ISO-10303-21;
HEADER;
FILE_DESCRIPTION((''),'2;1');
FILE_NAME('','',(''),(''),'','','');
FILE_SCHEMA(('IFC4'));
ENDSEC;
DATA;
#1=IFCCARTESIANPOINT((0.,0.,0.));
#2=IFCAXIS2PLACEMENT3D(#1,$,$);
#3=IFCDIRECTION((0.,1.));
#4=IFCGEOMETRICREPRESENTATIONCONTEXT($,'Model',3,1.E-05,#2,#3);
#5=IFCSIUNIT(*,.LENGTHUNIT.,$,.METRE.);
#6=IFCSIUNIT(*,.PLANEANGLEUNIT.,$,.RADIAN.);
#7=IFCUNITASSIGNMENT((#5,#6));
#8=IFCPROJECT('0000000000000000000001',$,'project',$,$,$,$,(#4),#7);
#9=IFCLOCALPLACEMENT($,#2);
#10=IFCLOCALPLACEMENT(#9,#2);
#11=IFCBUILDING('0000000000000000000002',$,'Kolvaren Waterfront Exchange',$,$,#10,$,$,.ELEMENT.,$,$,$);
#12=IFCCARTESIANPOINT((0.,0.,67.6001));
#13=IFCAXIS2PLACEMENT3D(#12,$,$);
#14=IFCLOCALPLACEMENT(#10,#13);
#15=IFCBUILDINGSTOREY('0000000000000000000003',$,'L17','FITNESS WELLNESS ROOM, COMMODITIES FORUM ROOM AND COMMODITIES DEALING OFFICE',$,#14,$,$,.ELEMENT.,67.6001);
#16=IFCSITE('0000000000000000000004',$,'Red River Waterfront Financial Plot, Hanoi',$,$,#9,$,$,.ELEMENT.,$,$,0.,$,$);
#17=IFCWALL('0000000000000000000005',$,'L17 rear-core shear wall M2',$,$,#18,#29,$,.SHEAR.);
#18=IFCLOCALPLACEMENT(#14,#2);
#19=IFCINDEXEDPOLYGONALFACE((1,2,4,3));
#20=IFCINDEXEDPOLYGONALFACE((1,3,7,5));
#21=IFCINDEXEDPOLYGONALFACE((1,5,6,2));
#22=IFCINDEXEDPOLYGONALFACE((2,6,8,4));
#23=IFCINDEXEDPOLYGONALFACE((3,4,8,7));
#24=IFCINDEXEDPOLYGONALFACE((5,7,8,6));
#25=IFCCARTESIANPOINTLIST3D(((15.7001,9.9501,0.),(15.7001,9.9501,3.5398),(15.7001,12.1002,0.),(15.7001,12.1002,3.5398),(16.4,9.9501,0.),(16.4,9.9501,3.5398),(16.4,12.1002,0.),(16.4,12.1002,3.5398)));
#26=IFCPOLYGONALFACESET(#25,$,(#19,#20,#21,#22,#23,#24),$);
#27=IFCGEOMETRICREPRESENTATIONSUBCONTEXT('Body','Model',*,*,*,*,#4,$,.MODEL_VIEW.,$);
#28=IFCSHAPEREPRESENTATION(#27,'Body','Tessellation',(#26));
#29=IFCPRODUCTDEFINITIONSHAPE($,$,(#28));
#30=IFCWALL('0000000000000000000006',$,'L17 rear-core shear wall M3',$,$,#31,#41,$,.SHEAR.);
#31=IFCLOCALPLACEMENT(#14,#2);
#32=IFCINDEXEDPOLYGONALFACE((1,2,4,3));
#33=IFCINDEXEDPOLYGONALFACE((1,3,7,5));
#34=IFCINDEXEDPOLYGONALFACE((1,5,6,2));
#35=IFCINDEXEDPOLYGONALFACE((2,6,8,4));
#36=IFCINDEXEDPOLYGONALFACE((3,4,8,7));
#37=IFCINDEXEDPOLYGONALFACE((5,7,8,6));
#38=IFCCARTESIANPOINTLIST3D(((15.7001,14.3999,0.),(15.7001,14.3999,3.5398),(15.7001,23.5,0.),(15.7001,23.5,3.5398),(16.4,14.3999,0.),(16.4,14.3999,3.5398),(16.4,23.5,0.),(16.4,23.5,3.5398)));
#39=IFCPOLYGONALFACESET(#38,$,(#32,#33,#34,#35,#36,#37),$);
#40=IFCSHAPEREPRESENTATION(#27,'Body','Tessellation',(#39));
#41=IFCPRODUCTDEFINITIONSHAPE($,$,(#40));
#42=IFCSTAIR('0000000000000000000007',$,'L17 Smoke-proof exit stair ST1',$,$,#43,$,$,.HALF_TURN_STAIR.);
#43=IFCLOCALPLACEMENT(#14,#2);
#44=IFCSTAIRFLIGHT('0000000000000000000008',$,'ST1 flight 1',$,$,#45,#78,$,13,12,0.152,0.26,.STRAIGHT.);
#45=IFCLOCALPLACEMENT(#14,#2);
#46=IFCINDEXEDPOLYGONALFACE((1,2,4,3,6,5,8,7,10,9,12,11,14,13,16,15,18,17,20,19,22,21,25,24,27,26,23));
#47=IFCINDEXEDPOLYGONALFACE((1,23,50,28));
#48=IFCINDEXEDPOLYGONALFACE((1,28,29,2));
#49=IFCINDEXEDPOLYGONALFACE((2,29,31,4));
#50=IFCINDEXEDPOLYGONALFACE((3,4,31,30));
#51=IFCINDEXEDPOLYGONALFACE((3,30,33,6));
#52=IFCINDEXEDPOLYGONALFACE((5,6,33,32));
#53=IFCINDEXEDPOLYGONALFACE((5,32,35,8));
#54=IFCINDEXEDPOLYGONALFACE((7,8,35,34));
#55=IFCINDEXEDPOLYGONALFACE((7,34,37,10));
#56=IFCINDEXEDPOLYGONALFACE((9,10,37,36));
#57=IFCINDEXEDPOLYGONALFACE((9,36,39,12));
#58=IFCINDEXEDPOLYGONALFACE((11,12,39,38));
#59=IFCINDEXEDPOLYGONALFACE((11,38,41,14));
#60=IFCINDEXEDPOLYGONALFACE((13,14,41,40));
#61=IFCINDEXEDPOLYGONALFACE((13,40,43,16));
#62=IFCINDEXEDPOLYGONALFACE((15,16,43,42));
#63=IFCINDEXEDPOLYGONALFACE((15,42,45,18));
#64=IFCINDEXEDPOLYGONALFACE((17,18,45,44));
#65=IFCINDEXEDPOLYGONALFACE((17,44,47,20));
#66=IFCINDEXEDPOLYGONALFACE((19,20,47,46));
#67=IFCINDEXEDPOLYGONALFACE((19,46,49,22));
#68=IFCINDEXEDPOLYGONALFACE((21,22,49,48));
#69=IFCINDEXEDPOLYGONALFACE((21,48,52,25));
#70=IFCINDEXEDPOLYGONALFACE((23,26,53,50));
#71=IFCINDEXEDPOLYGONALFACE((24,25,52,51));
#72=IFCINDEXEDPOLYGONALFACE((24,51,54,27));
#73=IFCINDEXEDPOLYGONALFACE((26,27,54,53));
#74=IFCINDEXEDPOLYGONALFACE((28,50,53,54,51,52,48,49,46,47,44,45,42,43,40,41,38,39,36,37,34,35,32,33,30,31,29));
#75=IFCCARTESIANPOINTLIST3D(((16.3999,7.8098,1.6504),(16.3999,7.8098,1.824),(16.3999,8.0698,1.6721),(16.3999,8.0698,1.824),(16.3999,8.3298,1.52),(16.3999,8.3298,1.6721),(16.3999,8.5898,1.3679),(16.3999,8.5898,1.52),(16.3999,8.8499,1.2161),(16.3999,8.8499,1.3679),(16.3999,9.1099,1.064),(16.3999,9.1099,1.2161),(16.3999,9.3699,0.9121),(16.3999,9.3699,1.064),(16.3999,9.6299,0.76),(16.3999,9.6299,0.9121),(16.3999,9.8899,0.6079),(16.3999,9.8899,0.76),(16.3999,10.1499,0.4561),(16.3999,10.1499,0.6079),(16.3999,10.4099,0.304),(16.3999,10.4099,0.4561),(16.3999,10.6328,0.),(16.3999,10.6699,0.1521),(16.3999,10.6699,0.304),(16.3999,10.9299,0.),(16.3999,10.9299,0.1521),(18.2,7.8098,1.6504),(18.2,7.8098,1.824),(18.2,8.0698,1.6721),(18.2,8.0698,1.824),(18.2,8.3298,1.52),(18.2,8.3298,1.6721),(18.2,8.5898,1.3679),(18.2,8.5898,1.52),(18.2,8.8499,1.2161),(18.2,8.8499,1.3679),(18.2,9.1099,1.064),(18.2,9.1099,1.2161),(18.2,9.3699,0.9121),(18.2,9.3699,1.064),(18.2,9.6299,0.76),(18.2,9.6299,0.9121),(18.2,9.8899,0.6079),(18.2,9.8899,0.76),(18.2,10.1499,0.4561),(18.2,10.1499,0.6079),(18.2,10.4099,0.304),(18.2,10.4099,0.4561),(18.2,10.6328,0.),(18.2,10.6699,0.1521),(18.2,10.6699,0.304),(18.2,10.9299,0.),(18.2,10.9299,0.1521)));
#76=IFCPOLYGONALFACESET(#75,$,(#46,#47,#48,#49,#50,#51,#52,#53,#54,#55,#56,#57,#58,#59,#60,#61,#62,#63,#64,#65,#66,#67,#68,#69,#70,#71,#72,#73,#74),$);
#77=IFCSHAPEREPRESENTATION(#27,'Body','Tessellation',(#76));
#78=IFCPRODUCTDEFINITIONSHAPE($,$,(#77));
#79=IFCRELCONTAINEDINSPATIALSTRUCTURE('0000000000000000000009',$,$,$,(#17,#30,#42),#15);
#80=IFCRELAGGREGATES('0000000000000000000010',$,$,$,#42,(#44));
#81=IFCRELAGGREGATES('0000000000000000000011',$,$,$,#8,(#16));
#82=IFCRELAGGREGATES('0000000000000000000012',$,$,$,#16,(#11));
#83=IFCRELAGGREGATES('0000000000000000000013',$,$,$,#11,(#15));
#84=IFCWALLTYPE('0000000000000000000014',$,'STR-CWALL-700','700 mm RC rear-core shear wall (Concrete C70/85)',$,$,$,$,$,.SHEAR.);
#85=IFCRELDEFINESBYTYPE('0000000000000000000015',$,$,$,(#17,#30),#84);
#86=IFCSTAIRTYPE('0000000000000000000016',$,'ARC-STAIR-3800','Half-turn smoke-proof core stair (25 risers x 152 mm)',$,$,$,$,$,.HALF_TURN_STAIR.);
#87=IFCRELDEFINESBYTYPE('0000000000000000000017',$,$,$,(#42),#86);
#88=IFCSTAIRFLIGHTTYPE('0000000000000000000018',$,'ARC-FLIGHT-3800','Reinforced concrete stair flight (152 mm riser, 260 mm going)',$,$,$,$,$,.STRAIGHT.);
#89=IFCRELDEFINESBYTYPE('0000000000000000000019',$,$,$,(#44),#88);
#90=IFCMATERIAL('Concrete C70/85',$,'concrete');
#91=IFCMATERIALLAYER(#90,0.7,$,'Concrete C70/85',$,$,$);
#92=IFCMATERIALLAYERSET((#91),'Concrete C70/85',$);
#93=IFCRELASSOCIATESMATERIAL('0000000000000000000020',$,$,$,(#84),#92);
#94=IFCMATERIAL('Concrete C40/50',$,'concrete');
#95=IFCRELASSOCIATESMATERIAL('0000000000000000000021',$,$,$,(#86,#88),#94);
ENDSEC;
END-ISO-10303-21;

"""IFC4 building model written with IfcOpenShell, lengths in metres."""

from ifc_helpers import new_model, si_unit, direction, frame, frame_2d, origin, place, context, subcontext, project, spatial, polyline, rectangle, outline, extrude, material, layer, layer_set, type_object, element, aggregate, save


model = new_model("IFC4")

# Units and contexts
model_context = context("Model", 3, precision=1e-05, world=origin(), true_north=direction((0.0, 1.0)))
body_context = subcontext(model_context, "Body", "Model", "MODEL_VIEW")
ifc_project = project(units=[si_unit("LENGTHUNIT", "METRE"), si_unit("PLANEANGLEUNIT", "RADIAN")], contexts=[model_context])

# Site, building, storey
site_placement = place(None, origin())
site = spatial("IfcSite", under=ifc_project, at=site_placement, Name="Red River Waterfront Financial Plot, Hanoi", CompositionType="ELEMENT", RefElevation=0.0)
building_placement = place(site_placement, origin())
building = spatial("IfcBuilding", under=site, at=building_placement, Name="Kolvaren Waterfront Exchange", CompositionType="ELEMENT")
storey_placement = place(building_placement, frame((0.0, 0.0, 67.6001)))
storey = spatial("IfcBuildingStorey", under=building, at=storey_placement, Name="L17", Description="FITNESS WELLNESS ROOM, COMMODITIES FORUM ROOM AND COMMODITIES DEALING OFFICE", CompositionType="ELEMENT", Elevation=67.6001)

# Walls
ifc_material_1 = material(Name="Concrete C40/50", Category="concrete")
ifc_material_2 = material(Name="Concrete C70/85", Category="concrete")
ifc_layer_1 = layer(ifc_material_2, 0.7, Name="Concrete C70/85")
ifc_layer_set_1 = layer_set([ifc_layer_1], Name="Concrete C70/85")
wall_type_1 = type_object("IfcWallType", Name="STR-CWALL-700", Description="700 mm RC rear-core shear wall (Concrete C70/85)", PredefinedType="SHEAR", material=ifc_layer_set_1)
wall_1_placement = place(storey_placement, frame((16.05, 9.95, 0.0), z_axis=(0.0, 0.0, 1.0), x_axis=(0.0, 1.0, 0.0)))
element("IfcWall", 1, at=wall_1_placement, inside=storey, type_object=wall_type_1, Name="L17 rear-core shear wall M2", PredefinedType="SHEAR", context=body_context, shape_type="SweptSolid", body=[
    extrude(rectangle(XDim=2.1501, YDim=0.7, at=frame_2d((1.0752, 0.0))), origin(), (0.0, 0.0, 1.0), 3.5398),
])
wall_2_placement = place(storey_placement, frame((16.05, 14.3999, 0.0), z_axis=(0.0, 0.0, 1.0), x_axis=(0.0, 1.0, 0.0)))
element("IfcWall", 2, at=wall_2_placement, inside=storey, type_object=wall_type_1, Name="L17 rear-core shear wall M3", PredefinedType="SHEAR", context=body_context, shape_type="SweptSolid", body=[
    extrude(rectangle(XDim=9.1001, YDim=0.7, at=frame_2d((4.55, 0.0))), origin(), (0.0, 0.0, 1.0), 3.5398),
])

# Stair, stair flight
stair_type = type_object("IfcStairType", Name="ARC-STAIR-3800", Description="Half-turn smoke-proof core stair (25 risers x 152 mm)", PredefinedType="HALF_TURN_STAIR", material=ifc_material_1)
stair_placement = place(storey_placement, origin())
stair = element("IfcStair", 3, at=stair_placement, inside=storey, type_object=stair_type, Name="L17 Smoke-proof exit stair ST1", PredefinedType="HALF_TURN_STAIR")
stair_flight_type = type_object("IfcStairFlightType", Name="ARC-FLIGHT-3800", Description="Reinforced concrete stair flight (152 mm riser, 260 mm going)", PredefinedType="STRAIGHT", material=ifc_material_1)
stair_flight_placement = place(storey_placement, frame((17.3, 10.9299, 0.0), z_axis=(0.0, 0.0, 1.0), x_axis=(0.0, -1.0, 0.0)))
stair_flight = element("IfcStairFlight", 4, at=stair_flight_placement, type_object=stair_flight_type, Name="ST1 flight 1", NumberOfRisers=13, NumberOfTreads=12, PredefinedType="STRAIGHT", RiserHeight=0.152, TreadLength=0.26, context=body_context, shape_type="SweptSolid", body=[
    extrude(outline(polyline([(0.0, 0.0), (0.0, 0.1521), (0.26, 0.1521), (0.26, 0.304), (0.52, 0.304), (0.52, 0.4561), (0.78, 0.4561), (0.78, 0.6079), (1.04, 0.6079), (1.04, 0.76), (1.3, 0.76), (1.3, 0.9121), (1.5601, 0.9121), (1.5601, 1.064), (1.8201, 1.064), (1.8201, 1.2161), (2.0801, 1.2161), (2.0801, 1.3679), (2.3401, 1.3679), (2.3401, 1.52), (2.6001, 1.52), (2.6001, 1.6721), (2.8601, 1.6721), (2.8601, 1.824), (3.1201, 1.824), (3.1201, 1.9761), (3.1201, 1.6504), (0.2971, 0.0), (0.0, 0.0)])), frame((0.0, 0.8999, 0.0), z_axis=(0.0, -1.0, 0.0), x_axis=(1.0, 0.0, 0.0)), (0.0, 0.0, 1.0), 1.8),
])
aggregate(stair, [stair_flight])

save(model, "model.ifc")
